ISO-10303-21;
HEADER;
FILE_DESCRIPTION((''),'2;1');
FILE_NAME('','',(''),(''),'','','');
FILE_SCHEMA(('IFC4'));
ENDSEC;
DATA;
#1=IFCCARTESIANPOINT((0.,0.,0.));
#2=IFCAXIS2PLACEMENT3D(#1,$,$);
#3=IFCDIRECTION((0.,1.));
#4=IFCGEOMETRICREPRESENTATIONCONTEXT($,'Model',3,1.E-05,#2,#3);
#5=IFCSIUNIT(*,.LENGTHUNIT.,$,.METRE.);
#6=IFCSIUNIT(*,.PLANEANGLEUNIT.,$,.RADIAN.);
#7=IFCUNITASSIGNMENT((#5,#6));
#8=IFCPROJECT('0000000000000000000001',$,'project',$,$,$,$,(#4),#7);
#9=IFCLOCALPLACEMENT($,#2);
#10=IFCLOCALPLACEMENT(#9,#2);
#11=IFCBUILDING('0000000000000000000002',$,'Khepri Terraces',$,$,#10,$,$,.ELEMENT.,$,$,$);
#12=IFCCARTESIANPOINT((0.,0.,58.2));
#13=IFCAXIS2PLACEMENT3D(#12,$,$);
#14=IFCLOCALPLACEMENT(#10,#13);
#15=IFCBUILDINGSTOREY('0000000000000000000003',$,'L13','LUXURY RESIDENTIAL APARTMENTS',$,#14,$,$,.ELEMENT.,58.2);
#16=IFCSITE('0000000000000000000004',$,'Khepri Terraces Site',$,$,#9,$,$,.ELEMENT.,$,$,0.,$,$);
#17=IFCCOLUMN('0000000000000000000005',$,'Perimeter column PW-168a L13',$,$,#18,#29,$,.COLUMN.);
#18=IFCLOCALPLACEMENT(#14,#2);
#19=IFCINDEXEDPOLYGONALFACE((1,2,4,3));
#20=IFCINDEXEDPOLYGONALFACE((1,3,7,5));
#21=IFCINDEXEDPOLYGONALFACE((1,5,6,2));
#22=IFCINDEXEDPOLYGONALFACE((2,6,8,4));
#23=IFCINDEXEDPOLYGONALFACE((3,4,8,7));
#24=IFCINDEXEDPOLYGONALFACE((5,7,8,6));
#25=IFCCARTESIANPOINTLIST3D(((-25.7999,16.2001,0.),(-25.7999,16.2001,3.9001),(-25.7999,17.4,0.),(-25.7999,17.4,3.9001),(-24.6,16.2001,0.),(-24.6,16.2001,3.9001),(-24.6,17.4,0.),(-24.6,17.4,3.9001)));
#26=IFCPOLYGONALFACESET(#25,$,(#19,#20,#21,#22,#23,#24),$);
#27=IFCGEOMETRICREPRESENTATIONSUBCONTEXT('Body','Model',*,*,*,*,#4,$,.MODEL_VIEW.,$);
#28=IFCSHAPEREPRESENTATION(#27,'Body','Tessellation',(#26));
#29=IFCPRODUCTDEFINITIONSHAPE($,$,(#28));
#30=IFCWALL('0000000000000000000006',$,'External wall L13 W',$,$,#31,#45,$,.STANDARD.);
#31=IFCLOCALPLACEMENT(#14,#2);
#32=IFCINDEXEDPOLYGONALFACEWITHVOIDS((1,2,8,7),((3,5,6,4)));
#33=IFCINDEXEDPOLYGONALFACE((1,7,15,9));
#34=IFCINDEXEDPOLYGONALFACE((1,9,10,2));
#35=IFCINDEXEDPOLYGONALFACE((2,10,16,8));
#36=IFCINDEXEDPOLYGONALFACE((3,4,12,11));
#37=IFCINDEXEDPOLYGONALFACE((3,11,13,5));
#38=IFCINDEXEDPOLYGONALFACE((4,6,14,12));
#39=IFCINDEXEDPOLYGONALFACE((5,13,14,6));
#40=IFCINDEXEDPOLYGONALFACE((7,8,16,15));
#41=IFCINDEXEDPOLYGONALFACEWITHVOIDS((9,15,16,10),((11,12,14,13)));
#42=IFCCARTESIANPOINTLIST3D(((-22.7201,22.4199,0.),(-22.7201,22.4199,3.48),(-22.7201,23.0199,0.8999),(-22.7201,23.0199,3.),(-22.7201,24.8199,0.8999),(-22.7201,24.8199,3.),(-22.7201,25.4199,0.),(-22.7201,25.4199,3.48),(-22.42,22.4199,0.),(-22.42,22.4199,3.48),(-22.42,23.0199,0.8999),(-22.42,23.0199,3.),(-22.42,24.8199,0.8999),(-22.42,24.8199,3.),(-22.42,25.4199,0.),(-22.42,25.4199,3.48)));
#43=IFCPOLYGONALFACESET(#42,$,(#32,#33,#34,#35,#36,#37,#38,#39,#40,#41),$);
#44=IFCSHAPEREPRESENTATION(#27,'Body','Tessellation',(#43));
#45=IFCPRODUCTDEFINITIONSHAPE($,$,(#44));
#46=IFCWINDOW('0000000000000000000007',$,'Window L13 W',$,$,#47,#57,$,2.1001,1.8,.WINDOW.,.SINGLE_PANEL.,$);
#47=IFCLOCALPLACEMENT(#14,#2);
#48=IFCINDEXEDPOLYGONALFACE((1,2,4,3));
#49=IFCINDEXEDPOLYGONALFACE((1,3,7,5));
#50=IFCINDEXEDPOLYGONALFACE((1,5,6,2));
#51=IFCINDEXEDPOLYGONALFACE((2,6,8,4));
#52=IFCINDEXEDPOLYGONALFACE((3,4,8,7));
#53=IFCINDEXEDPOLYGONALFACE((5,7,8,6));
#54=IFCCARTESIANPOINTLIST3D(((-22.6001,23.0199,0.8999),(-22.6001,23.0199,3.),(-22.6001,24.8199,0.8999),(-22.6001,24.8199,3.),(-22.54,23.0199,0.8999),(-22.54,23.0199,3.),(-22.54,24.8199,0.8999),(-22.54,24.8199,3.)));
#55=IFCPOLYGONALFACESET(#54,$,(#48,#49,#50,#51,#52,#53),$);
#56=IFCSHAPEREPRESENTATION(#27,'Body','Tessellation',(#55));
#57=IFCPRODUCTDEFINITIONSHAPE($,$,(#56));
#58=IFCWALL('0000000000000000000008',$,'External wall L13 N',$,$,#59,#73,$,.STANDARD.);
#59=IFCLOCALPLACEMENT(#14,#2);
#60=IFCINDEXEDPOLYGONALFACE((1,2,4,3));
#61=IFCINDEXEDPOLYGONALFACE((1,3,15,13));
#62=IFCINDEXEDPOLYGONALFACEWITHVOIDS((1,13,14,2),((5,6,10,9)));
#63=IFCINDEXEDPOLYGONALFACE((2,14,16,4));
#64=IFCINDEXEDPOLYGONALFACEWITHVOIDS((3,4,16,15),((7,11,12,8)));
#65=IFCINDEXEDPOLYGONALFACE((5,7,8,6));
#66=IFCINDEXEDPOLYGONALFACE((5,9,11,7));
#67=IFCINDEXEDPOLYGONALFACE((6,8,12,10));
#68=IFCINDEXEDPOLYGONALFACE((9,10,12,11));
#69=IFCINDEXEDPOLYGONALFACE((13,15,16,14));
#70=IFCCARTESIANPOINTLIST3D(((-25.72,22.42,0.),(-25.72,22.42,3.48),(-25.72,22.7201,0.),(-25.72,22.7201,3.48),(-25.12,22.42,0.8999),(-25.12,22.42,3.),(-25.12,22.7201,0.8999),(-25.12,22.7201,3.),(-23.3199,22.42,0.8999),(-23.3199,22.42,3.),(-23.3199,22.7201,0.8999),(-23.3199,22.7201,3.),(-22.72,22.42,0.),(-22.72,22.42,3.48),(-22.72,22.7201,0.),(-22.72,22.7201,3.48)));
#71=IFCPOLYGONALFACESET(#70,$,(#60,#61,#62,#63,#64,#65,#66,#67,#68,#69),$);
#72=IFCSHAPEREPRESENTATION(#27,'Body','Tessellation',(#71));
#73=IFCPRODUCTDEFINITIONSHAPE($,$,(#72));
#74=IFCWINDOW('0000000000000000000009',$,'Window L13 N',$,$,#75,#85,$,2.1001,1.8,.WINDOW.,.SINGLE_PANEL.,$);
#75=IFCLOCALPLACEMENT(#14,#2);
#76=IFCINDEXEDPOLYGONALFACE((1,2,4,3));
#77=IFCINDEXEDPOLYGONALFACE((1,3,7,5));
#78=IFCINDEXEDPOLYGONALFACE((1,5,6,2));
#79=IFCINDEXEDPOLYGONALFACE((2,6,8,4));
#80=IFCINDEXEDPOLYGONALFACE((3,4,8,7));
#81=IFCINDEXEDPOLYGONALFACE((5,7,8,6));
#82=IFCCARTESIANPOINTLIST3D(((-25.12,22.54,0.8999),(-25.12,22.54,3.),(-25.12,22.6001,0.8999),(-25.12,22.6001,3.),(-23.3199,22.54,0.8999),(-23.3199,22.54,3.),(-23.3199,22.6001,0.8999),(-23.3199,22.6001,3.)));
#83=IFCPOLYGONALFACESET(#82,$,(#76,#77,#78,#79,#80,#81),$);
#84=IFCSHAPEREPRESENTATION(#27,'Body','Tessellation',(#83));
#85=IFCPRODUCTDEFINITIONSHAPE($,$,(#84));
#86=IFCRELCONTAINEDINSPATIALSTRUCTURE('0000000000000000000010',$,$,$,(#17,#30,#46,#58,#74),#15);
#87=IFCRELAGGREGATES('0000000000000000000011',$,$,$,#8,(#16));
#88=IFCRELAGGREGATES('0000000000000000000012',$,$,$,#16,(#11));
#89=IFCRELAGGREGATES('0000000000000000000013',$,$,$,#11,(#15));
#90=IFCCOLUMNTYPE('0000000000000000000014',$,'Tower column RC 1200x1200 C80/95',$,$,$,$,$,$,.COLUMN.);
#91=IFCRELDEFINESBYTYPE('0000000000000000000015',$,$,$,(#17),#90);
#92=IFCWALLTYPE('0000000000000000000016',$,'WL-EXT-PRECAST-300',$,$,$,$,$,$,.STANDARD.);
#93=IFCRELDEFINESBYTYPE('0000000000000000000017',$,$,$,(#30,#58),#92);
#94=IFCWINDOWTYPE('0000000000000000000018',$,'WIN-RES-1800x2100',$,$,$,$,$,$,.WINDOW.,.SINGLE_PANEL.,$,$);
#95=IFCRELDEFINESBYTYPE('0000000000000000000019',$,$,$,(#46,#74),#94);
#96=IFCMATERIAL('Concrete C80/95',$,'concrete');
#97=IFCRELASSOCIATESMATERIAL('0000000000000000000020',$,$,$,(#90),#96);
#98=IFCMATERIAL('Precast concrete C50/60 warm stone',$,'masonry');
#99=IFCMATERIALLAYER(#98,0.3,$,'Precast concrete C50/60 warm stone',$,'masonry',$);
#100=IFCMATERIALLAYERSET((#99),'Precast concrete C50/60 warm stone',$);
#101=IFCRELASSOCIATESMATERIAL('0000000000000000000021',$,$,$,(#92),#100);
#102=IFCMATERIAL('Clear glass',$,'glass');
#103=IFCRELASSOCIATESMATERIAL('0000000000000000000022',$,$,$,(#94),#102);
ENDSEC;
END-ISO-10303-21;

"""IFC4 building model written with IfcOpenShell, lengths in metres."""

from ifc_helpers import new_model, si_unit, direction, frame, frame_2d, origin, origin_2d, place, context, subcontext, project, spatial, rectangle, extrude, material, layer, layer_set, material_profile, profile_set, type_object, element, fill, save


model = new_model("IFC4")

# Units and contexts
model_context = context("Model", 3, precision=1e-05, world=origin(), true_north=direction((0.0, 1.0)))
body_context = subcontext(model_context, "Body", "Model", "MODEL_VIEW")
ifc_project = project(units=[si_unit("LENGTHUNIT", "METRE"), si_unit("PLANEANGLEUNIT", "RADIAN")], contexts=[model_context])

# Site, building, storey
site_placement = place(None, origin())
site = spatial("IfcSite", under=ifc_project, at=site_placement, Name="Khepri Terraces Site", CompositionType="ELEMENT", RefElevation=0.0)
building_placement = place(site_placement, origin())
building = spatial("IfcBuilding", under=site, at=building_placement, Name="Khepri Terraces", CompositionType="ELEMENT")
storey_placement = place(building_placement, frame((0.0, 0.0, 58.2)))
storey = spatial("IfcBuildingStorey", under=building, at=storey_placement, Name="L13", Description="LUXURY RESIDENTIAL APARTMENTS", CompositionType="ELEMENT", Elevation=58.2)

# Column
ifc_material_1 = material(Name="Concrete C80/95", Category="concrete")
ifc_material_profile = material_profile(ifc_material_1, rectangle(XDim=1.2, YDim=1.2, at=origin_2d()), Name="Concrete C80/95", Category="concrete")
ifc_profile_set = profile_set([ifc_material_profile], Name="Concrete C80/95")
column_type = type_object("IfcColumnType", Name="Tower column RC 1200x1200 C80/95", PredefinedType="COLUMN", material=ifc_profile_set)
column_placement = place(storey_placement, frame((-25.2, 16.8, 0.0), z_axis=(0.0, 0.0, 1.0), x_axis=(1.0, 0.0, 0.0)))
element("IfcColumn", 1, at=column_placement, inside=storey, type_object=column_type, Name="Perimeter column PW-168a L13", PredefinedType="COLUMN", context=body_context, shape_type="SweptSolid", body=[
    extrude(rectangle(XDim=1.2, YDim=1.2, at=origin_2d()), origin(), (0.0, 0.0, 1.0), 3.9001),
])

# Walls, openings, windows
ifc_material_2 = material(Name="Precast concrete C50/60 warm stone", Category="masonry")
ifc_layer = layer(ifc_material_2, 0.3, Name="Precast concrete C50/60 warm stone", Category="masonry")
ifc_layer_set = layer_set([ifc_layer], Name="Precast concrete C50/60 warm stone")
wall_type = type_object("IfcWallType", Name="WL-EXT-PRECAST-300", PredefinedType="STANDARD", material=ifc_layer_set)
wall_1_placement = place(storey_placement, frame((-22.5701, 25.4199, 0.0), z_axis=(0.0, 0.0, 1.0), x_axis=(0.0, -1.0, 0.0)))
wall_1 = element("IfcWall", 2, at=wall_1_placement, inside=storey, type_object=wall_type, Name="External wall L13 W", PredefinedType="STANDARD", context=body_context, shape_type="SweptSolid", body=[
    extrude(rectangle(XDim=3.0, YDim=0.3, at=frame_2d((1.5, 0.0))), origin(), (0.0, 0.0, 1.0), 3.48),
])
opening_1_placement = place(wall_1_placement, frame((0.6001, 0.0, 0.8999)))
opening_1 = element("IfcOpeningElement", 3, at=opening_1_placement, cuts=wall_1, PredefinedType="OPENING", context=body_context, shape_type="SweptSolid", body=[
    extrude(rectangle(XDim=1.8, YDim=2.1001, at=frame_2d((0.8999, 1.05))), frame((0.0, 0.1602, 0.0), z_axis=(0.0, -1.0, 0.0), x_axis=(1.0, 0.0, 0.0)), (0.0, 0.0, 1.0), 0.3201),
])
ifc_material_3 = material(Name="Clear glass", Category="glass")
window_type = type_object("IfcWindowType", Name="WIN-RES-1800x2100", PartitioningType="SINGLE_PANEL", PredefinedType="WINDOW", material=ifc_material_3)
window_1_placement = place(opening_1_placement, origin())
window_1 = element("IfcWindow", 4, at=window_1_placement, inside=storey, type_object=window_type, Name="Window L13 W", OverallHeight=2.1001, OverallWidth=1.8, PartitioningType="SINGLE_PANEL", PredefinedType="WINDOW", context=body_context, shape_type="SweptSolid", body=[
    extrude(rectangle(XDim=1.8, YDim=2.1001, at=frame_2d((0.8999, 1.05))), frame((0.0, 0.03, 0.0), z_axis=(0.0, -1.0, 0.0), x_axis=(1.0, 0.0, 0.0)), (0.0, 0.0, 1.0), 0.0601),
])
fill(opening_1, window_1)
wall_2_placement = place(storey_placement, frame((-22.72, 22.5701, 0.0), z_axis=(0.0, 0.0, 1.0), x_axis=(-1.0, 0.0, 0.0)))
wall_2 = element("IfcWall", 5, at=wall_2_placement, inside=storey, type_object=wall_type, Name="External wall L13 N", PredefinedType="STANDARD", context=body_context, shape_type="SweptSolid", body=[
    extrude(rectangle(XDim=3.0, YDim=0.3, at=frame_2d((1.5, 0.0))), origin(), (0.0, 0.0, 1.0), 3.48),
])
opening_2_placement = place(wall_2_placement, frame((0.6001, 0.0, 0.8999)))
opening_2 = element("IfcOpeningElement", 6, at=opening_2_placement, cuts=wall_2, PredefinedType="OPENING", context=body_context, shape_type="SweptSolid", body=[
    extrude(rectangle(XDim=1.8, YDim=2.1001, at=frame_2d((0.8999, 1.05))), frame((0.0, 0.1602, 0.0), z_axis=(0.0, -1.0, 0.0), x_axis=(1.0, 0.0, 0.0)), (0.0, 0.0, 1.0), 0.3201),
])
window_2_placement = place(opening_2_placement, origin())
window_2 = element("IfcWindow", 7, at=window_2_placement, inside=storey, type_object=window_type, Name="Window L13 N", OverallHeight=2.1001, OverallWidth=1.8, PartitioningType="SINGLE_PANEL", PredefinedType="WINDOW", context=body_context, shape_type="SweptSolid", body=[
    extrude(rectangle(XDim=1.8, YDim=2.1001, at=frame_2d((0.8999, 1.05))), frame((0.0, 0.03, 0.0), z_axis=(0.0, -1.0, 0.0), x_axis=(1.0, 0.0, 0.0)), (0.0, 0.0, 1.0), 0.0601),
])
fill(opening_2, window_2)

save(model, "model.ifc")
